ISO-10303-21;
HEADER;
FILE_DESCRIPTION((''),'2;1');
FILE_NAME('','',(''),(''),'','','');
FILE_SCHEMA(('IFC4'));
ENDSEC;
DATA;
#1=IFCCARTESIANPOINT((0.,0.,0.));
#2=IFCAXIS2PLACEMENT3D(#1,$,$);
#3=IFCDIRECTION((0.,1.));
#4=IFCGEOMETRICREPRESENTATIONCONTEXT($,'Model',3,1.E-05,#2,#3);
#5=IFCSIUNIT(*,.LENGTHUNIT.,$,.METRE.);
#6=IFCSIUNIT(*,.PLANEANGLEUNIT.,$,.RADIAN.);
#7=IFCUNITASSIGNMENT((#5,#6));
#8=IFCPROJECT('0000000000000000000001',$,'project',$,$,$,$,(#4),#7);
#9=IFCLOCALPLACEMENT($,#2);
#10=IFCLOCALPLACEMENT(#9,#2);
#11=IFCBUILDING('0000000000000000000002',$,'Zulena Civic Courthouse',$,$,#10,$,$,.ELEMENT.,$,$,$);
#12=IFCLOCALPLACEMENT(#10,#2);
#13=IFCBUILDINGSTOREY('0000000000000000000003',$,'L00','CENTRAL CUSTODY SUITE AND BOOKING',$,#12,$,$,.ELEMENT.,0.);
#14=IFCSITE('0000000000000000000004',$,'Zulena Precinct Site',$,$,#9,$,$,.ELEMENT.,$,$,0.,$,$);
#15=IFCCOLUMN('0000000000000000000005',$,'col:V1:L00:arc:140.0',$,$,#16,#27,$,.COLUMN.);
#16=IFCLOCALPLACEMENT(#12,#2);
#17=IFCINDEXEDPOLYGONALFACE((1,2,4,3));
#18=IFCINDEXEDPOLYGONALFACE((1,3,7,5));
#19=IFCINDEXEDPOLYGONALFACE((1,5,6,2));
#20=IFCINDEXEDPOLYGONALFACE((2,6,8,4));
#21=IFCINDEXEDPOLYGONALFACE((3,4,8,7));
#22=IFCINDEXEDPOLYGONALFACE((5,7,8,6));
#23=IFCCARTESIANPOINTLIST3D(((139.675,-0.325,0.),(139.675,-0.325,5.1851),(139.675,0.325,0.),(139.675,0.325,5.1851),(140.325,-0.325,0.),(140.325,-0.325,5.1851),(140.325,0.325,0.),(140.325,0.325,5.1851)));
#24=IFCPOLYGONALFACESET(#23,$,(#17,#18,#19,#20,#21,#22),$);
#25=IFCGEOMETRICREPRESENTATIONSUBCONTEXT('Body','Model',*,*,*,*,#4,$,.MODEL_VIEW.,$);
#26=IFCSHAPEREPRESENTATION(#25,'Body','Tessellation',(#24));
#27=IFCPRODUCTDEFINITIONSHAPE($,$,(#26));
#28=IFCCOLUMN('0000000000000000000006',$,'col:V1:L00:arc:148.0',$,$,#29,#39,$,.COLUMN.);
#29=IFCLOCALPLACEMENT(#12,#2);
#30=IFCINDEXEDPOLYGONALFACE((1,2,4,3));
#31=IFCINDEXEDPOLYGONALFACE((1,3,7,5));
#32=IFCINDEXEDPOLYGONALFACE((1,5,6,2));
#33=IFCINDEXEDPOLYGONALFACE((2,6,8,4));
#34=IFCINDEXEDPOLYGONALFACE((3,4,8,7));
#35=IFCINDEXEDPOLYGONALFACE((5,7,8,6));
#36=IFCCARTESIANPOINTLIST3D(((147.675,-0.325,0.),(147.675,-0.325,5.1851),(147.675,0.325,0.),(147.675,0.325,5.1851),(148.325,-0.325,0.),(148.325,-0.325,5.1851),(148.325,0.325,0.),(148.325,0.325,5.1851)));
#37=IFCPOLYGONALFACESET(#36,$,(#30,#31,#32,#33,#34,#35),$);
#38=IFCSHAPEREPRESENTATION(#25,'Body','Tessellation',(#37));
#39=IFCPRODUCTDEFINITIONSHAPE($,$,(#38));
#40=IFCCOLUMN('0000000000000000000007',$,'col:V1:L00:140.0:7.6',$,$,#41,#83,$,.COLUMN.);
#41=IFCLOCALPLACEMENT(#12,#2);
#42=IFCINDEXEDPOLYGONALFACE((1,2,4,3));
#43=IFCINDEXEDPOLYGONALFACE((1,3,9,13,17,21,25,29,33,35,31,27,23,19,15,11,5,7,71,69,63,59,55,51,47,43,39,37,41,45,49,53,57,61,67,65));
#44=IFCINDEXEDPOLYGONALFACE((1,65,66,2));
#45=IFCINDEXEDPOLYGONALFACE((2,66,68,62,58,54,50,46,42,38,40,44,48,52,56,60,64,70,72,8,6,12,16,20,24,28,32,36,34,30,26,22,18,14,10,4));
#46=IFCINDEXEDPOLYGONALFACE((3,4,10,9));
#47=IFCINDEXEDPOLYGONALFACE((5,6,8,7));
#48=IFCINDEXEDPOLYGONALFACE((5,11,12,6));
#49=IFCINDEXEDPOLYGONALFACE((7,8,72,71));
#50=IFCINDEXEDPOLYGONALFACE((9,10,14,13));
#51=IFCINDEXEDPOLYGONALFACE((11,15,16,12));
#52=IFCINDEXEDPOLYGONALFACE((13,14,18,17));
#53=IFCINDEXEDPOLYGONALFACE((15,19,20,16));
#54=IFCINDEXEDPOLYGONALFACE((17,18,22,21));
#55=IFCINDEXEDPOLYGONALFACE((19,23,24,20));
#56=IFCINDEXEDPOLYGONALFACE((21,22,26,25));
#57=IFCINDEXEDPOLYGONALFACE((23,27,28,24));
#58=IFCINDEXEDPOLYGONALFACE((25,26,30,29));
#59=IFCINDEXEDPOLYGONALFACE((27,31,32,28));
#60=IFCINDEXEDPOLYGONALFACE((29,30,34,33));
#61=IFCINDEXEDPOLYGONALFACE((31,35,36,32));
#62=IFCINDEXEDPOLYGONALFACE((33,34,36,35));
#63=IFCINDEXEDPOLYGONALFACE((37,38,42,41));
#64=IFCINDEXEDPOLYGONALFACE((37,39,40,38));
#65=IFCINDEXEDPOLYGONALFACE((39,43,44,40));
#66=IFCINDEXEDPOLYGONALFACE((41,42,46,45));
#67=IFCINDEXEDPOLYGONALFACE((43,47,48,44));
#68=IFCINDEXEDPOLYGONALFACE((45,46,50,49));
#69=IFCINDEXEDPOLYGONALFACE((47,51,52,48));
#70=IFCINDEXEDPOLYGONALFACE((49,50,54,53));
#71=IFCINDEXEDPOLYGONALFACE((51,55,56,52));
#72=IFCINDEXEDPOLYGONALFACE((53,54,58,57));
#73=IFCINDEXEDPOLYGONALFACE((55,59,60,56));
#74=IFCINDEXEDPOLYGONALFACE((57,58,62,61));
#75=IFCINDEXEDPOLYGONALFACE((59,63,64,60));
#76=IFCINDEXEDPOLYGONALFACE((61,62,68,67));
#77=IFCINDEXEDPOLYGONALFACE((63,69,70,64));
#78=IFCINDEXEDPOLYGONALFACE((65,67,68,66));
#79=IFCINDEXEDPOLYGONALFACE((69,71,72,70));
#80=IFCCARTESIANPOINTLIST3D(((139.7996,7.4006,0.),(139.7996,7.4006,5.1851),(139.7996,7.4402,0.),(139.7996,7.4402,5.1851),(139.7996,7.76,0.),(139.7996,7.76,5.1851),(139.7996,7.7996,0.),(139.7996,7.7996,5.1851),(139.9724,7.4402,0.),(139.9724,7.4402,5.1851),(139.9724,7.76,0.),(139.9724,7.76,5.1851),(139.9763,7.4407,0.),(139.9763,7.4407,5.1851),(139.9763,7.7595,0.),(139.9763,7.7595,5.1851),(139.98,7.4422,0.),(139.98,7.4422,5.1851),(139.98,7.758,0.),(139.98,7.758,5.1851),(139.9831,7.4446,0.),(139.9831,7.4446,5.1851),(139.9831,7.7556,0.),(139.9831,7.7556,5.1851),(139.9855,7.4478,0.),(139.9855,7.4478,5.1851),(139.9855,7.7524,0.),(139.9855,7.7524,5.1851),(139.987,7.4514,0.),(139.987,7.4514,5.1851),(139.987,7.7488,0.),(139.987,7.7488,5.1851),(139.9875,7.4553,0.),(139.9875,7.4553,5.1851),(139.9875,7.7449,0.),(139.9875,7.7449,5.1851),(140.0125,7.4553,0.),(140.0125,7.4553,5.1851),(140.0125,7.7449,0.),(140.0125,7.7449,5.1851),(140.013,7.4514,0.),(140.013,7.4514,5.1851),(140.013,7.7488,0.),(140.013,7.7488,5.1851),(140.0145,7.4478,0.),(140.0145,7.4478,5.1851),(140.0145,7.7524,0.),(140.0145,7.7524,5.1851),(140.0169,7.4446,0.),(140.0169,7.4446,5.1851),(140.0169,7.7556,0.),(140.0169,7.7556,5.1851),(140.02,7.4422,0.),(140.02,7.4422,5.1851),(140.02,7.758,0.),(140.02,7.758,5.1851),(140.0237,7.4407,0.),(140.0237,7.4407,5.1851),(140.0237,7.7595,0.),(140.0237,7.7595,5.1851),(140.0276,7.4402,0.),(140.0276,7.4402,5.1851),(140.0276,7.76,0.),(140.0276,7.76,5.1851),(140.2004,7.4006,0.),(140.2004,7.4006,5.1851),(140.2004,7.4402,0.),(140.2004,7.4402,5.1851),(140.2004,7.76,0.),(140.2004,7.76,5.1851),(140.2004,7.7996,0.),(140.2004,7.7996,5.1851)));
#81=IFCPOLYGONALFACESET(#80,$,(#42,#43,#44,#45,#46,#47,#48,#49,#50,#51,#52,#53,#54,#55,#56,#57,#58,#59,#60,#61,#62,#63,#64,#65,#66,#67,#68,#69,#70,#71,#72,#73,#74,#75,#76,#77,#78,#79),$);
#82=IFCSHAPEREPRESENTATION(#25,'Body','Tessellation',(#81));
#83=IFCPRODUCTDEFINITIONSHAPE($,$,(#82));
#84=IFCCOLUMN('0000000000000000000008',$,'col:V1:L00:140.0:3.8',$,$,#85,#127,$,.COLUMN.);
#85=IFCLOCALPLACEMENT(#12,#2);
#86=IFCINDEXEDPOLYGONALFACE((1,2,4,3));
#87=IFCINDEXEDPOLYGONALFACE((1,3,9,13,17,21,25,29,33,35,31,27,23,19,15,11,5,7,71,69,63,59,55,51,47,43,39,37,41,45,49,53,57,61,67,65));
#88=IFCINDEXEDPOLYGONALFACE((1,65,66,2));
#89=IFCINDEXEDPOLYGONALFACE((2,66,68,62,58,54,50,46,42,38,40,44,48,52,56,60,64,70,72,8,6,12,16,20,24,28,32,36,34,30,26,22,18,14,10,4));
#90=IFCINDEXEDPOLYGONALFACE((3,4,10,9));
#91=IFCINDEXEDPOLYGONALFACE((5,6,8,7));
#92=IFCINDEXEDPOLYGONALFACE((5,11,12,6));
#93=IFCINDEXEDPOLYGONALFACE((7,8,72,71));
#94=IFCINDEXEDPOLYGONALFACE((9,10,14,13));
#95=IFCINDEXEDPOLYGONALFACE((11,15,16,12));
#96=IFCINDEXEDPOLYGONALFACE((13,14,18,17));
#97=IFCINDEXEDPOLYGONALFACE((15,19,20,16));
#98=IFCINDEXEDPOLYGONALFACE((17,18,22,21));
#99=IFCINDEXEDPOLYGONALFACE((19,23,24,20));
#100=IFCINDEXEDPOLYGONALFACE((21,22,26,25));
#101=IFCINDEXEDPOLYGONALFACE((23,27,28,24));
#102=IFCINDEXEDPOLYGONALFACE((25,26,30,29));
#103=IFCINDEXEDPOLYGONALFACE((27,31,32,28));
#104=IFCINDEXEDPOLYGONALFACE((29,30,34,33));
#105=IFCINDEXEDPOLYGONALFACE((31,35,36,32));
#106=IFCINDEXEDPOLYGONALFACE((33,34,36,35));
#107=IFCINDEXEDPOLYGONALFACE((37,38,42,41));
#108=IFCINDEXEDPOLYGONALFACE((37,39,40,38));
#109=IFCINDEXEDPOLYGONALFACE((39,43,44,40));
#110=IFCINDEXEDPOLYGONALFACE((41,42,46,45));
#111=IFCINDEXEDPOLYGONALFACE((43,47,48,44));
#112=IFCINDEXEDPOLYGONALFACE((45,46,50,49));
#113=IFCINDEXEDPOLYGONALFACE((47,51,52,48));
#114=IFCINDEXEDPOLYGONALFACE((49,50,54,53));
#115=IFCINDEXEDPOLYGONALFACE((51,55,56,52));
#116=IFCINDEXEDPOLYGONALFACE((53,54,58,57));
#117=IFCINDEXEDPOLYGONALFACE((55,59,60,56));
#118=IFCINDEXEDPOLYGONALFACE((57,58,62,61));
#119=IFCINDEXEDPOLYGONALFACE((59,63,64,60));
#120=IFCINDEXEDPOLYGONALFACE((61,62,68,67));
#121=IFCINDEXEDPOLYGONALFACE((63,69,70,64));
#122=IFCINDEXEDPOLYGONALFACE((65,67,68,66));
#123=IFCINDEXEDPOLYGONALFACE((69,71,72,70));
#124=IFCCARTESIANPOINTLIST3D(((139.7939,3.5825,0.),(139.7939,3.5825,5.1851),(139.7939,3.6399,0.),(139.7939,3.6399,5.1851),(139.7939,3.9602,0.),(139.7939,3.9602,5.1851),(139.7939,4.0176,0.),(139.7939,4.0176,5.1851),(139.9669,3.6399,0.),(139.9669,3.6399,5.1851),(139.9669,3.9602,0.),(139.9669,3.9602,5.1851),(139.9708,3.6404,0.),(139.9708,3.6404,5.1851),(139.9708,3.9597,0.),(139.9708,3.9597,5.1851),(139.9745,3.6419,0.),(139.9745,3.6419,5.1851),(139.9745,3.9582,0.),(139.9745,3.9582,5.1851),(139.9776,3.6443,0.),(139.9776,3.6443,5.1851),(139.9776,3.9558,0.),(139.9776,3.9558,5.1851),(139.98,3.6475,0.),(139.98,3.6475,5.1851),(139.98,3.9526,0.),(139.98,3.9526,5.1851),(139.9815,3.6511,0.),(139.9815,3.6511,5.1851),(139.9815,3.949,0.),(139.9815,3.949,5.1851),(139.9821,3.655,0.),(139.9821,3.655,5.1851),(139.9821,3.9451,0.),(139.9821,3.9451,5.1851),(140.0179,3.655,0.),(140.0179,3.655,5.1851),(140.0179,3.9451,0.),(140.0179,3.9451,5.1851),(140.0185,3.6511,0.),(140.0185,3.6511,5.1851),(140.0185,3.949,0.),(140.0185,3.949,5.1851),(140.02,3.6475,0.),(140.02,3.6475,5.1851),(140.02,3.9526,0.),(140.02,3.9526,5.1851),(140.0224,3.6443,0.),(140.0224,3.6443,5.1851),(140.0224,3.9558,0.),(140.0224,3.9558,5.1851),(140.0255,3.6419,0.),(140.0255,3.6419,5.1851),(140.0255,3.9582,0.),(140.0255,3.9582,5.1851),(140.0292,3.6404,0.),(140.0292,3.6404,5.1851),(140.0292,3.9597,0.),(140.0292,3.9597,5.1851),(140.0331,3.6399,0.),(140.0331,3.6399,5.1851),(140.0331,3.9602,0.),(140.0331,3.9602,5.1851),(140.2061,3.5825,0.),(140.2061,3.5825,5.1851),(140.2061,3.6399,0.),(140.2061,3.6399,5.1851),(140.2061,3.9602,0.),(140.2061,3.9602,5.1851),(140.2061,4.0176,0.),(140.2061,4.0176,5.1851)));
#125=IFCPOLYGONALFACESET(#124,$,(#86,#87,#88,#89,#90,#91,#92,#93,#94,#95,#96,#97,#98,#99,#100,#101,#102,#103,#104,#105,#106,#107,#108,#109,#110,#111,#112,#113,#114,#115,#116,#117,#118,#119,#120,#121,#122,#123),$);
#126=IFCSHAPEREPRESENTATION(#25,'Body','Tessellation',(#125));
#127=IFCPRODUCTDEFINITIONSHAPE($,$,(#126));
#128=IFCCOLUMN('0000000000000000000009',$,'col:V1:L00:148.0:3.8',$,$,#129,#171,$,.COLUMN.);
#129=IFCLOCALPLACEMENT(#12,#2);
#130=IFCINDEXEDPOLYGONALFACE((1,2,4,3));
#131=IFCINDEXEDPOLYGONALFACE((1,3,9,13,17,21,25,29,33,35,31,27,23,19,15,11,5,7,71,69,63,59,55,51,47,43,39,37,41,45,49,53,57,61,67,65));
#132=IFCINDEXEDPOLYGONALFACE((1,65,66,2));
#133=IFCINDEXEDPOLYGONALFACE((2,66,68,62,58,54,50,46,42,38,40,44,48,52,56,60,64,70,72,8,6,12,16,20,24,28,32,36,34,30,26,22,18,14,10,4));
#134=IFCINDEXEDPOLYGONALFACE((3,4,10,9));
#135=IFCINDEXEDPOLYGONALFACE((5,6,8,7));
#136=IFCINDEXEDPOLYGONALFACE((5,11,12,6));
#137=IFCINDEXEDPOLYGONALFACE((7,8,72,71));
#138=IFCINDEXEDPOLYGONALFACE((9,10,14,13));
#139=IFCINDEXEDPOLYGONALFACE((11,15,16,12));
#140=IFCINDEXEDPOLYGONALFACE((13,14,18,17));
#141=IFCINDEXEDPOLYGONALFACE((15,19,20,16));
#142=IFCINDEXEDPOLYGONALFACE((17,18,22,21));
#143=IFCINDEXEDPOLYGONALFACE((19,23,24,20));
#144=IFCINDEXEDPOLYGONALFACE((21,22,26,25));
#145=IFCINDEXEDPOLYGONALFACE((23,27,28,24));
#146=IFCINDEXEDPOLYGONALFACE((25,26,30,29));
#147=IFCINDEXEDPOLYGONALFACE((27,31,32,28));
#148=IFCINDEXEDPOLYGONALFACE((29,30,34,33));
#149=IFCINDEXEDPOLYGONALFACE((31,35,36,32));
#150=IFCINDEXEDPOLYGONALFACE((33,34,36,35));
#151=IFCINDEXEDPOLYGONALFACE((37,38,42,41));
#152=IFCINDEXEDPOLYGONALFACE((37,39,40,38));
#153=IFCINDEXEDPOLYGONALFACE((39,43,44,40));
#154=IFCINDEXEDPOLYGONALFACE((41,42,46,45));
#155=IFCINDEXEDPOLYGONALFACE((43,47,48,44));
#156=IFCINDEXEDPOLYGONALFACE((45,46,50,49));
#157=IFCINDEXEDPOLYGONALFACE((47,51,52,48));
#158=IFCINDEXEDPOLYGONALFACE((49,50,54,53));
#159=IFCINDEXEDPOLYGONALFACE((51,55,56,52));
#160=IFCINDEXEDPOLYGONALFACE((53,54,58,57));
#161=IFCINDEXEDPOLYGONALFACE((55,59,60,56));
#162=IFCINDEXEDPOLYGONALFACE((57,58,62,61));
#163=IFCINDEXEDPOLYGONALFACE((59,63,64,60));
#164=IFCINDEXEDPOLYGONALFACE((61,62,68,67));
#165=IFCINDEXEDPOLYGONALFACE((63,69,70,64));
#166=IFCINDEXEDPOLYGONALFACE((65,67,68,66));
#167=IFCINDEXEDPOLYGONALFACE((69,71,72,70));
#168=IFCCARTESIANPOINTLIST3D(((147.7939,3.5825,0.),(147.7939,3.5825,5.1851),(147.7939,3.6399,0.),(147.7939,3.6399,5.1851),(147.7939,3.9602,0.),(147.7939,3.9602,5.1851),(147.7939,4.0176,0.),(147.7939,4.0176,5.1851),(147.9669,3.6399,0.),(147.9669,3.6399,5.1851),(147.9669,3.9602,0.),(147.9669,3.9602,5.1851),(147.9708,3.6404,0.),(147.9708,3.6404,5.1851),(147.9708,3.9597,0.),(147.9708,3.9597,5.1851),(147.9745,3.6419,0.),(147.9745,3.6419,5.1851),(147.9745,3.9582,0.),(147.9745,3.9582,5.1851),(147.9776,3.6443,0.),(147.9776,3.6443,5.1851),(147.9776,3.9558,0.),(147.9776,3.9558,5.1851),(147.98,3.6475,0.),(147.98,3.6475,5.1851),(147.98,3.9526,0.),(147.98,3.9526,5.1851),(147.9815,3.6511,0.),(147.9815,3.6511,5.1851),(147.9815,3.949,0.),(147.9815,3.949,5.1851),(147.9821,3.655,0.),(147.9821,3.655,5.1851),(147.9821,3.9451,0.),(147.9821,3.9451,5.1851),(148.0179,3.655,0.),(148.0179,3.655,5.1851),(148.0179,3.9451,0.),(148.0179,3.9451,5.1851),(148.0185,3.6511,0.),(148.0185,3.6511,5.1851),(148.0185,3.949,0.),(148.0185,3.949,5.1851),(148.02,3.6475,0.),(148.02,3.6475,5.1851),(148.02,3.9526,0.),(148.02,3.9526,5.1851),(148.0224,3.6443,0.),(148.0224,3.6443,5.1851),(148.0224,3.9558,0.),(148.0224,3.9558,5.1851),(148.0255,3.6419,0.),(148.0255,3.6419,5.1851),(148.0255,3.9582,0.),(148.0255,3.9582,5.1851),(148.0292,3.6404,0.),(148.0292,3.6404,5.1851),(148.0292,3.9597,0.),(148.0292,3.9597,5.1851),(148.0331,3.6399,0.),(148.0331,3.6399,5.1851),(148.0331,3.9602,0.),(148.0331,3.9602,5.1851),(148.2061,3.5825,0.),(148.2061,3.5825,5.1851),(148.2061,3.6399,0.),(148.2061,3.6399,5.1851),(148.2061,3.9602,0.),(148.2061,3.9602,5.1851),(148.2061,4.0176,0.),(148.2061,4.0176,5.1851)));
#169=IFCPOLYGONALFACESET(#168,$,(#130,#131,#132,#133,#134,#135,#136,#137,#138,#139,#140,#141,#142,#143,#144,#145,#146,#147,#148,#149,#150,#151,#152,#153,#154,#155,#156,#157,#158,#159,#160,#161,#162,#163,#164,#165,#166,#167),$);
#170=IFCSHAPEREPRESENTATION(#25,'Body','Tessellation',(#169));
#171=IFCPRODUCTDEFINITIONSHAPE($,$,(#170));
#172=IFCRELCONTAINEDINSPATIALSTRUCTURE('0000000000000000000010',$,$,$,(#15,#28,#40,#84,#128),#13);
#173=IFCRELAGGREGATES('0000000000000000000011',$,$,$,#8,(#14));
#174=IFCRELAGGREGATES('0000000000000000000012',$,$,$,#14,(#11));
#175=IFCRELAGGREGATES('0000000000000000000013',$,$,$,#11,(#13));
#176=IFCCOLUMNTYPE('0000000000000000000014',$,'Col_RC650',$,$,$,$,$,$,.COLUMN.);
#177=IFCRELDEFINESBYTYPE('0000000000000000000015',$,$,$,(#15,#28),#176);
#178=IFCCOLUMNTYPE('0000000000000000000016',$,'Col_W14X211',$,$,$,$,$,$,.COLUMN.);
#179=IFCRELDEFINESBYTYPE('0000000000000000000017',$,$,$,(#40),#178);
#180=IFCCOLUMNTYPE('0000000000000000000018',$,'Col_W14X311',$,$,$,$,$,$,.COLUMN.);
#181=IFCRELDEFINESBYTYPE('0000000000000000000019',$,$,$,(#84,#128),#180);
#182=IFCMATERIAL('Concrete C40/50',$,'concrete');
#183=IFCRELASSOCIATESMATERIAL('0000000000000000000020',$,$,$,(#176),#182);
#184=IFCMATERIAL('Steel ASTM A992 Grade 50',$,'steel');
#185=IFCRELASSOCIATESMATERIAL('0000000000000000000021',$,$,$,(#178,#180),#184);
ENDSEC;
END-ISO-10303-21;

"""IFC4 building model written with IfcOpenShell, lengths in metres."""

from ifc_helpers import new_model, si_unit, direction, frame, origin, origin_2d, place, context, subcontext, project, spatial, rectangle, i_section, extrude, material, material_profile, profile_set, type_object, element, save


model = new_model("IFC4")

# Units and contexts
model_context = context("Model", 3, precision=1e-05, world=origin(), true_north=direction((0.0, 1.0)))
body_context = subcontext(model_context, "Body", "Model", "MODEL_VIEW")
ifc_project = project(units=[si_unit("LENGTHUNIT", "METRE"), si_unit("PLANEANGLEUNIT", "RADIAN")], contexts=[model_context])

# Site, building, storey
site_placement = place(None, origin())
site = spatial("IfcSite", under=ifc_project, at=site_placement, Name="Zulena Precinct Site", CompositionType="ELEMENT", RefElevation=0.0)
building_placement = place(site_placement, origin())
building = spatial("IfcBuilding", under=site, at=building_placement, Name="Zulena Civic Courthouse", CompositionType="ELEMENT")
storey_placement = place(building_placement, origin())
storey = spatial("IfcBuildingStorey", under=building, at=storey_placement, Name="L00", Description="CENTRAL CUSTODY SUITE AND BOOKING", CompositionType="ELEMENT", Elevation=0.0)

# Shared definitions
ifc_material_1 = material(Name="Concrete C40/50", Category="concrete")

# Columns
ifc_material_profile_1 = material_profile(ifc_material_1, rectangle(XDim=0.6499, YDim=0.6499, at=origin_2d()), Name="RC650X650")
ifc_profile_set_1 = profile_set([ifc_material_profile_1], Name="Concrete C40/50")
column_type_1 = type_object("IfcColumnType", Name="Col_RC650", PredefinedType="COLUMN", material=ifc_profile_set_1)
for number, where, z_axis, x_axis, name in (
    (1, (140.0, 0.0, 0.0), (0.0, 0.0, 1.0), (1.0, 0.0, 0.0), "col:V1:L00:arc:140.0"),
    (2, (148.0, 0.0, 0.0), (0.0, 0.0, 1.0), (1.0, 0.0, 0.0), "col:V1:L00:arc:148.0"),
):
    element("IfcColumn", number, at=place(storey_placement, frame(where, z_axis=z_axis, x_axis=x_axis)), inside=storey, type_object=column_type_1, Name=name, PredefinedType="COLUMN", context=body_context, shape_type="SweptSolid", body=[
        extrude(rectangle(XDim=0.6499, YDim=0.6499, at=origin_2d()), origin(), (0.0, 0.0, 1.0), 5.1851),
    ])
ifc_material_2 = material(Name="Steel ASTM A992 Grade 50", Category="steel")
ifc_material_profile_2 = material_profile(ifc_material_2, i_section(OverallWidth=0.4009, OverallDepth=0.3989, WebThickness=0.0249, FlangeThickness=0.0396, FilletRadius=0.0151, at=origin_2d()), Name="W14X211")
ifc_profile_set_2 = profile_set([ifc_material_profile_2], Name="Steel ASTM A992 Grade 50")
column_type_2 = type_object("IfcColumnType", Name="Col_W14X211", PredefinedType="COLUMN", material=ifc_profile_set_2)
column_placement = place(storey_placement, frame((140.0, 7.6001, 0.0), z_axis=(0.0, 0.0, 1.0), x_axis=(1.0, 0.0, 0.0)))
element("IfcColumn", 3, at=column_placement, inside=storey, type_object=column_type_2, Name="col:V1:L00:140.0:7.6", PredefinedType="COLUMN", context=body_context, shape_type="SweptSolid", body=[
    extrude(i_section(OverallWidth=0.4009, OverallDepth=0.3989, WebThickness=0.0249, FlangeThickness=0.0396, FilletRadius=0.0151, at=origin_2d()), origin(), (0.0, 0.0, 1.0), 5.1851),
])
ifc_material_profile_3 = material_profile(ifc_material_2, i_section(OverallWidth=0.4121, OverallDepth=0.4351, WebThickness=0.0359, FlangeThickness=0.0574, FilletRadius=0.0151, at=origin_2d()), Name="W14X311")
ifc_profile_set_3 = profile_set([ifc_material_profile_3], Name="Steel ASTM A992 Grade 50")
column_type_3 = type_object("IfcColumnType", Name="Col_W14X311", PredefinedType="COLUMN", material=ifc_profile_set_3)
for number, where, z_axis, x_axis, name in (
    (4, (140.0, 3.8, 0.0), (0.0, 0.0, 1.0), (1.0, 0.0, 0.0), "col:V1:L00:140.0:3.8"),
    (5, (148.0, 3.8, 0.0), (0.0, 0.0, 1.0), (1.0, 0.0, 0.0), "col:V1:L00:148.0:3.8"),
):
    element("IfcColumn", number, at=place(storey_placement, frame(where, z_axis=z_axis, x_axis=x_axis)), inside=storey, type_object=column_type_3, Name=name, PredefinedType="COLUMN", context=body_context, shape_type="SweptSolid", body=[
        extrude(i_section(OverallWidth=0.4121, OverallDepth=0.4351, WebThickness=0.0359, FlangeThickness=0.0574, FilletRadius=0.0151, at=origin_2d()), origin(), (0.0, 0.0, 1.0), 5.1851),
    ])

save(model, "model.ifc")
